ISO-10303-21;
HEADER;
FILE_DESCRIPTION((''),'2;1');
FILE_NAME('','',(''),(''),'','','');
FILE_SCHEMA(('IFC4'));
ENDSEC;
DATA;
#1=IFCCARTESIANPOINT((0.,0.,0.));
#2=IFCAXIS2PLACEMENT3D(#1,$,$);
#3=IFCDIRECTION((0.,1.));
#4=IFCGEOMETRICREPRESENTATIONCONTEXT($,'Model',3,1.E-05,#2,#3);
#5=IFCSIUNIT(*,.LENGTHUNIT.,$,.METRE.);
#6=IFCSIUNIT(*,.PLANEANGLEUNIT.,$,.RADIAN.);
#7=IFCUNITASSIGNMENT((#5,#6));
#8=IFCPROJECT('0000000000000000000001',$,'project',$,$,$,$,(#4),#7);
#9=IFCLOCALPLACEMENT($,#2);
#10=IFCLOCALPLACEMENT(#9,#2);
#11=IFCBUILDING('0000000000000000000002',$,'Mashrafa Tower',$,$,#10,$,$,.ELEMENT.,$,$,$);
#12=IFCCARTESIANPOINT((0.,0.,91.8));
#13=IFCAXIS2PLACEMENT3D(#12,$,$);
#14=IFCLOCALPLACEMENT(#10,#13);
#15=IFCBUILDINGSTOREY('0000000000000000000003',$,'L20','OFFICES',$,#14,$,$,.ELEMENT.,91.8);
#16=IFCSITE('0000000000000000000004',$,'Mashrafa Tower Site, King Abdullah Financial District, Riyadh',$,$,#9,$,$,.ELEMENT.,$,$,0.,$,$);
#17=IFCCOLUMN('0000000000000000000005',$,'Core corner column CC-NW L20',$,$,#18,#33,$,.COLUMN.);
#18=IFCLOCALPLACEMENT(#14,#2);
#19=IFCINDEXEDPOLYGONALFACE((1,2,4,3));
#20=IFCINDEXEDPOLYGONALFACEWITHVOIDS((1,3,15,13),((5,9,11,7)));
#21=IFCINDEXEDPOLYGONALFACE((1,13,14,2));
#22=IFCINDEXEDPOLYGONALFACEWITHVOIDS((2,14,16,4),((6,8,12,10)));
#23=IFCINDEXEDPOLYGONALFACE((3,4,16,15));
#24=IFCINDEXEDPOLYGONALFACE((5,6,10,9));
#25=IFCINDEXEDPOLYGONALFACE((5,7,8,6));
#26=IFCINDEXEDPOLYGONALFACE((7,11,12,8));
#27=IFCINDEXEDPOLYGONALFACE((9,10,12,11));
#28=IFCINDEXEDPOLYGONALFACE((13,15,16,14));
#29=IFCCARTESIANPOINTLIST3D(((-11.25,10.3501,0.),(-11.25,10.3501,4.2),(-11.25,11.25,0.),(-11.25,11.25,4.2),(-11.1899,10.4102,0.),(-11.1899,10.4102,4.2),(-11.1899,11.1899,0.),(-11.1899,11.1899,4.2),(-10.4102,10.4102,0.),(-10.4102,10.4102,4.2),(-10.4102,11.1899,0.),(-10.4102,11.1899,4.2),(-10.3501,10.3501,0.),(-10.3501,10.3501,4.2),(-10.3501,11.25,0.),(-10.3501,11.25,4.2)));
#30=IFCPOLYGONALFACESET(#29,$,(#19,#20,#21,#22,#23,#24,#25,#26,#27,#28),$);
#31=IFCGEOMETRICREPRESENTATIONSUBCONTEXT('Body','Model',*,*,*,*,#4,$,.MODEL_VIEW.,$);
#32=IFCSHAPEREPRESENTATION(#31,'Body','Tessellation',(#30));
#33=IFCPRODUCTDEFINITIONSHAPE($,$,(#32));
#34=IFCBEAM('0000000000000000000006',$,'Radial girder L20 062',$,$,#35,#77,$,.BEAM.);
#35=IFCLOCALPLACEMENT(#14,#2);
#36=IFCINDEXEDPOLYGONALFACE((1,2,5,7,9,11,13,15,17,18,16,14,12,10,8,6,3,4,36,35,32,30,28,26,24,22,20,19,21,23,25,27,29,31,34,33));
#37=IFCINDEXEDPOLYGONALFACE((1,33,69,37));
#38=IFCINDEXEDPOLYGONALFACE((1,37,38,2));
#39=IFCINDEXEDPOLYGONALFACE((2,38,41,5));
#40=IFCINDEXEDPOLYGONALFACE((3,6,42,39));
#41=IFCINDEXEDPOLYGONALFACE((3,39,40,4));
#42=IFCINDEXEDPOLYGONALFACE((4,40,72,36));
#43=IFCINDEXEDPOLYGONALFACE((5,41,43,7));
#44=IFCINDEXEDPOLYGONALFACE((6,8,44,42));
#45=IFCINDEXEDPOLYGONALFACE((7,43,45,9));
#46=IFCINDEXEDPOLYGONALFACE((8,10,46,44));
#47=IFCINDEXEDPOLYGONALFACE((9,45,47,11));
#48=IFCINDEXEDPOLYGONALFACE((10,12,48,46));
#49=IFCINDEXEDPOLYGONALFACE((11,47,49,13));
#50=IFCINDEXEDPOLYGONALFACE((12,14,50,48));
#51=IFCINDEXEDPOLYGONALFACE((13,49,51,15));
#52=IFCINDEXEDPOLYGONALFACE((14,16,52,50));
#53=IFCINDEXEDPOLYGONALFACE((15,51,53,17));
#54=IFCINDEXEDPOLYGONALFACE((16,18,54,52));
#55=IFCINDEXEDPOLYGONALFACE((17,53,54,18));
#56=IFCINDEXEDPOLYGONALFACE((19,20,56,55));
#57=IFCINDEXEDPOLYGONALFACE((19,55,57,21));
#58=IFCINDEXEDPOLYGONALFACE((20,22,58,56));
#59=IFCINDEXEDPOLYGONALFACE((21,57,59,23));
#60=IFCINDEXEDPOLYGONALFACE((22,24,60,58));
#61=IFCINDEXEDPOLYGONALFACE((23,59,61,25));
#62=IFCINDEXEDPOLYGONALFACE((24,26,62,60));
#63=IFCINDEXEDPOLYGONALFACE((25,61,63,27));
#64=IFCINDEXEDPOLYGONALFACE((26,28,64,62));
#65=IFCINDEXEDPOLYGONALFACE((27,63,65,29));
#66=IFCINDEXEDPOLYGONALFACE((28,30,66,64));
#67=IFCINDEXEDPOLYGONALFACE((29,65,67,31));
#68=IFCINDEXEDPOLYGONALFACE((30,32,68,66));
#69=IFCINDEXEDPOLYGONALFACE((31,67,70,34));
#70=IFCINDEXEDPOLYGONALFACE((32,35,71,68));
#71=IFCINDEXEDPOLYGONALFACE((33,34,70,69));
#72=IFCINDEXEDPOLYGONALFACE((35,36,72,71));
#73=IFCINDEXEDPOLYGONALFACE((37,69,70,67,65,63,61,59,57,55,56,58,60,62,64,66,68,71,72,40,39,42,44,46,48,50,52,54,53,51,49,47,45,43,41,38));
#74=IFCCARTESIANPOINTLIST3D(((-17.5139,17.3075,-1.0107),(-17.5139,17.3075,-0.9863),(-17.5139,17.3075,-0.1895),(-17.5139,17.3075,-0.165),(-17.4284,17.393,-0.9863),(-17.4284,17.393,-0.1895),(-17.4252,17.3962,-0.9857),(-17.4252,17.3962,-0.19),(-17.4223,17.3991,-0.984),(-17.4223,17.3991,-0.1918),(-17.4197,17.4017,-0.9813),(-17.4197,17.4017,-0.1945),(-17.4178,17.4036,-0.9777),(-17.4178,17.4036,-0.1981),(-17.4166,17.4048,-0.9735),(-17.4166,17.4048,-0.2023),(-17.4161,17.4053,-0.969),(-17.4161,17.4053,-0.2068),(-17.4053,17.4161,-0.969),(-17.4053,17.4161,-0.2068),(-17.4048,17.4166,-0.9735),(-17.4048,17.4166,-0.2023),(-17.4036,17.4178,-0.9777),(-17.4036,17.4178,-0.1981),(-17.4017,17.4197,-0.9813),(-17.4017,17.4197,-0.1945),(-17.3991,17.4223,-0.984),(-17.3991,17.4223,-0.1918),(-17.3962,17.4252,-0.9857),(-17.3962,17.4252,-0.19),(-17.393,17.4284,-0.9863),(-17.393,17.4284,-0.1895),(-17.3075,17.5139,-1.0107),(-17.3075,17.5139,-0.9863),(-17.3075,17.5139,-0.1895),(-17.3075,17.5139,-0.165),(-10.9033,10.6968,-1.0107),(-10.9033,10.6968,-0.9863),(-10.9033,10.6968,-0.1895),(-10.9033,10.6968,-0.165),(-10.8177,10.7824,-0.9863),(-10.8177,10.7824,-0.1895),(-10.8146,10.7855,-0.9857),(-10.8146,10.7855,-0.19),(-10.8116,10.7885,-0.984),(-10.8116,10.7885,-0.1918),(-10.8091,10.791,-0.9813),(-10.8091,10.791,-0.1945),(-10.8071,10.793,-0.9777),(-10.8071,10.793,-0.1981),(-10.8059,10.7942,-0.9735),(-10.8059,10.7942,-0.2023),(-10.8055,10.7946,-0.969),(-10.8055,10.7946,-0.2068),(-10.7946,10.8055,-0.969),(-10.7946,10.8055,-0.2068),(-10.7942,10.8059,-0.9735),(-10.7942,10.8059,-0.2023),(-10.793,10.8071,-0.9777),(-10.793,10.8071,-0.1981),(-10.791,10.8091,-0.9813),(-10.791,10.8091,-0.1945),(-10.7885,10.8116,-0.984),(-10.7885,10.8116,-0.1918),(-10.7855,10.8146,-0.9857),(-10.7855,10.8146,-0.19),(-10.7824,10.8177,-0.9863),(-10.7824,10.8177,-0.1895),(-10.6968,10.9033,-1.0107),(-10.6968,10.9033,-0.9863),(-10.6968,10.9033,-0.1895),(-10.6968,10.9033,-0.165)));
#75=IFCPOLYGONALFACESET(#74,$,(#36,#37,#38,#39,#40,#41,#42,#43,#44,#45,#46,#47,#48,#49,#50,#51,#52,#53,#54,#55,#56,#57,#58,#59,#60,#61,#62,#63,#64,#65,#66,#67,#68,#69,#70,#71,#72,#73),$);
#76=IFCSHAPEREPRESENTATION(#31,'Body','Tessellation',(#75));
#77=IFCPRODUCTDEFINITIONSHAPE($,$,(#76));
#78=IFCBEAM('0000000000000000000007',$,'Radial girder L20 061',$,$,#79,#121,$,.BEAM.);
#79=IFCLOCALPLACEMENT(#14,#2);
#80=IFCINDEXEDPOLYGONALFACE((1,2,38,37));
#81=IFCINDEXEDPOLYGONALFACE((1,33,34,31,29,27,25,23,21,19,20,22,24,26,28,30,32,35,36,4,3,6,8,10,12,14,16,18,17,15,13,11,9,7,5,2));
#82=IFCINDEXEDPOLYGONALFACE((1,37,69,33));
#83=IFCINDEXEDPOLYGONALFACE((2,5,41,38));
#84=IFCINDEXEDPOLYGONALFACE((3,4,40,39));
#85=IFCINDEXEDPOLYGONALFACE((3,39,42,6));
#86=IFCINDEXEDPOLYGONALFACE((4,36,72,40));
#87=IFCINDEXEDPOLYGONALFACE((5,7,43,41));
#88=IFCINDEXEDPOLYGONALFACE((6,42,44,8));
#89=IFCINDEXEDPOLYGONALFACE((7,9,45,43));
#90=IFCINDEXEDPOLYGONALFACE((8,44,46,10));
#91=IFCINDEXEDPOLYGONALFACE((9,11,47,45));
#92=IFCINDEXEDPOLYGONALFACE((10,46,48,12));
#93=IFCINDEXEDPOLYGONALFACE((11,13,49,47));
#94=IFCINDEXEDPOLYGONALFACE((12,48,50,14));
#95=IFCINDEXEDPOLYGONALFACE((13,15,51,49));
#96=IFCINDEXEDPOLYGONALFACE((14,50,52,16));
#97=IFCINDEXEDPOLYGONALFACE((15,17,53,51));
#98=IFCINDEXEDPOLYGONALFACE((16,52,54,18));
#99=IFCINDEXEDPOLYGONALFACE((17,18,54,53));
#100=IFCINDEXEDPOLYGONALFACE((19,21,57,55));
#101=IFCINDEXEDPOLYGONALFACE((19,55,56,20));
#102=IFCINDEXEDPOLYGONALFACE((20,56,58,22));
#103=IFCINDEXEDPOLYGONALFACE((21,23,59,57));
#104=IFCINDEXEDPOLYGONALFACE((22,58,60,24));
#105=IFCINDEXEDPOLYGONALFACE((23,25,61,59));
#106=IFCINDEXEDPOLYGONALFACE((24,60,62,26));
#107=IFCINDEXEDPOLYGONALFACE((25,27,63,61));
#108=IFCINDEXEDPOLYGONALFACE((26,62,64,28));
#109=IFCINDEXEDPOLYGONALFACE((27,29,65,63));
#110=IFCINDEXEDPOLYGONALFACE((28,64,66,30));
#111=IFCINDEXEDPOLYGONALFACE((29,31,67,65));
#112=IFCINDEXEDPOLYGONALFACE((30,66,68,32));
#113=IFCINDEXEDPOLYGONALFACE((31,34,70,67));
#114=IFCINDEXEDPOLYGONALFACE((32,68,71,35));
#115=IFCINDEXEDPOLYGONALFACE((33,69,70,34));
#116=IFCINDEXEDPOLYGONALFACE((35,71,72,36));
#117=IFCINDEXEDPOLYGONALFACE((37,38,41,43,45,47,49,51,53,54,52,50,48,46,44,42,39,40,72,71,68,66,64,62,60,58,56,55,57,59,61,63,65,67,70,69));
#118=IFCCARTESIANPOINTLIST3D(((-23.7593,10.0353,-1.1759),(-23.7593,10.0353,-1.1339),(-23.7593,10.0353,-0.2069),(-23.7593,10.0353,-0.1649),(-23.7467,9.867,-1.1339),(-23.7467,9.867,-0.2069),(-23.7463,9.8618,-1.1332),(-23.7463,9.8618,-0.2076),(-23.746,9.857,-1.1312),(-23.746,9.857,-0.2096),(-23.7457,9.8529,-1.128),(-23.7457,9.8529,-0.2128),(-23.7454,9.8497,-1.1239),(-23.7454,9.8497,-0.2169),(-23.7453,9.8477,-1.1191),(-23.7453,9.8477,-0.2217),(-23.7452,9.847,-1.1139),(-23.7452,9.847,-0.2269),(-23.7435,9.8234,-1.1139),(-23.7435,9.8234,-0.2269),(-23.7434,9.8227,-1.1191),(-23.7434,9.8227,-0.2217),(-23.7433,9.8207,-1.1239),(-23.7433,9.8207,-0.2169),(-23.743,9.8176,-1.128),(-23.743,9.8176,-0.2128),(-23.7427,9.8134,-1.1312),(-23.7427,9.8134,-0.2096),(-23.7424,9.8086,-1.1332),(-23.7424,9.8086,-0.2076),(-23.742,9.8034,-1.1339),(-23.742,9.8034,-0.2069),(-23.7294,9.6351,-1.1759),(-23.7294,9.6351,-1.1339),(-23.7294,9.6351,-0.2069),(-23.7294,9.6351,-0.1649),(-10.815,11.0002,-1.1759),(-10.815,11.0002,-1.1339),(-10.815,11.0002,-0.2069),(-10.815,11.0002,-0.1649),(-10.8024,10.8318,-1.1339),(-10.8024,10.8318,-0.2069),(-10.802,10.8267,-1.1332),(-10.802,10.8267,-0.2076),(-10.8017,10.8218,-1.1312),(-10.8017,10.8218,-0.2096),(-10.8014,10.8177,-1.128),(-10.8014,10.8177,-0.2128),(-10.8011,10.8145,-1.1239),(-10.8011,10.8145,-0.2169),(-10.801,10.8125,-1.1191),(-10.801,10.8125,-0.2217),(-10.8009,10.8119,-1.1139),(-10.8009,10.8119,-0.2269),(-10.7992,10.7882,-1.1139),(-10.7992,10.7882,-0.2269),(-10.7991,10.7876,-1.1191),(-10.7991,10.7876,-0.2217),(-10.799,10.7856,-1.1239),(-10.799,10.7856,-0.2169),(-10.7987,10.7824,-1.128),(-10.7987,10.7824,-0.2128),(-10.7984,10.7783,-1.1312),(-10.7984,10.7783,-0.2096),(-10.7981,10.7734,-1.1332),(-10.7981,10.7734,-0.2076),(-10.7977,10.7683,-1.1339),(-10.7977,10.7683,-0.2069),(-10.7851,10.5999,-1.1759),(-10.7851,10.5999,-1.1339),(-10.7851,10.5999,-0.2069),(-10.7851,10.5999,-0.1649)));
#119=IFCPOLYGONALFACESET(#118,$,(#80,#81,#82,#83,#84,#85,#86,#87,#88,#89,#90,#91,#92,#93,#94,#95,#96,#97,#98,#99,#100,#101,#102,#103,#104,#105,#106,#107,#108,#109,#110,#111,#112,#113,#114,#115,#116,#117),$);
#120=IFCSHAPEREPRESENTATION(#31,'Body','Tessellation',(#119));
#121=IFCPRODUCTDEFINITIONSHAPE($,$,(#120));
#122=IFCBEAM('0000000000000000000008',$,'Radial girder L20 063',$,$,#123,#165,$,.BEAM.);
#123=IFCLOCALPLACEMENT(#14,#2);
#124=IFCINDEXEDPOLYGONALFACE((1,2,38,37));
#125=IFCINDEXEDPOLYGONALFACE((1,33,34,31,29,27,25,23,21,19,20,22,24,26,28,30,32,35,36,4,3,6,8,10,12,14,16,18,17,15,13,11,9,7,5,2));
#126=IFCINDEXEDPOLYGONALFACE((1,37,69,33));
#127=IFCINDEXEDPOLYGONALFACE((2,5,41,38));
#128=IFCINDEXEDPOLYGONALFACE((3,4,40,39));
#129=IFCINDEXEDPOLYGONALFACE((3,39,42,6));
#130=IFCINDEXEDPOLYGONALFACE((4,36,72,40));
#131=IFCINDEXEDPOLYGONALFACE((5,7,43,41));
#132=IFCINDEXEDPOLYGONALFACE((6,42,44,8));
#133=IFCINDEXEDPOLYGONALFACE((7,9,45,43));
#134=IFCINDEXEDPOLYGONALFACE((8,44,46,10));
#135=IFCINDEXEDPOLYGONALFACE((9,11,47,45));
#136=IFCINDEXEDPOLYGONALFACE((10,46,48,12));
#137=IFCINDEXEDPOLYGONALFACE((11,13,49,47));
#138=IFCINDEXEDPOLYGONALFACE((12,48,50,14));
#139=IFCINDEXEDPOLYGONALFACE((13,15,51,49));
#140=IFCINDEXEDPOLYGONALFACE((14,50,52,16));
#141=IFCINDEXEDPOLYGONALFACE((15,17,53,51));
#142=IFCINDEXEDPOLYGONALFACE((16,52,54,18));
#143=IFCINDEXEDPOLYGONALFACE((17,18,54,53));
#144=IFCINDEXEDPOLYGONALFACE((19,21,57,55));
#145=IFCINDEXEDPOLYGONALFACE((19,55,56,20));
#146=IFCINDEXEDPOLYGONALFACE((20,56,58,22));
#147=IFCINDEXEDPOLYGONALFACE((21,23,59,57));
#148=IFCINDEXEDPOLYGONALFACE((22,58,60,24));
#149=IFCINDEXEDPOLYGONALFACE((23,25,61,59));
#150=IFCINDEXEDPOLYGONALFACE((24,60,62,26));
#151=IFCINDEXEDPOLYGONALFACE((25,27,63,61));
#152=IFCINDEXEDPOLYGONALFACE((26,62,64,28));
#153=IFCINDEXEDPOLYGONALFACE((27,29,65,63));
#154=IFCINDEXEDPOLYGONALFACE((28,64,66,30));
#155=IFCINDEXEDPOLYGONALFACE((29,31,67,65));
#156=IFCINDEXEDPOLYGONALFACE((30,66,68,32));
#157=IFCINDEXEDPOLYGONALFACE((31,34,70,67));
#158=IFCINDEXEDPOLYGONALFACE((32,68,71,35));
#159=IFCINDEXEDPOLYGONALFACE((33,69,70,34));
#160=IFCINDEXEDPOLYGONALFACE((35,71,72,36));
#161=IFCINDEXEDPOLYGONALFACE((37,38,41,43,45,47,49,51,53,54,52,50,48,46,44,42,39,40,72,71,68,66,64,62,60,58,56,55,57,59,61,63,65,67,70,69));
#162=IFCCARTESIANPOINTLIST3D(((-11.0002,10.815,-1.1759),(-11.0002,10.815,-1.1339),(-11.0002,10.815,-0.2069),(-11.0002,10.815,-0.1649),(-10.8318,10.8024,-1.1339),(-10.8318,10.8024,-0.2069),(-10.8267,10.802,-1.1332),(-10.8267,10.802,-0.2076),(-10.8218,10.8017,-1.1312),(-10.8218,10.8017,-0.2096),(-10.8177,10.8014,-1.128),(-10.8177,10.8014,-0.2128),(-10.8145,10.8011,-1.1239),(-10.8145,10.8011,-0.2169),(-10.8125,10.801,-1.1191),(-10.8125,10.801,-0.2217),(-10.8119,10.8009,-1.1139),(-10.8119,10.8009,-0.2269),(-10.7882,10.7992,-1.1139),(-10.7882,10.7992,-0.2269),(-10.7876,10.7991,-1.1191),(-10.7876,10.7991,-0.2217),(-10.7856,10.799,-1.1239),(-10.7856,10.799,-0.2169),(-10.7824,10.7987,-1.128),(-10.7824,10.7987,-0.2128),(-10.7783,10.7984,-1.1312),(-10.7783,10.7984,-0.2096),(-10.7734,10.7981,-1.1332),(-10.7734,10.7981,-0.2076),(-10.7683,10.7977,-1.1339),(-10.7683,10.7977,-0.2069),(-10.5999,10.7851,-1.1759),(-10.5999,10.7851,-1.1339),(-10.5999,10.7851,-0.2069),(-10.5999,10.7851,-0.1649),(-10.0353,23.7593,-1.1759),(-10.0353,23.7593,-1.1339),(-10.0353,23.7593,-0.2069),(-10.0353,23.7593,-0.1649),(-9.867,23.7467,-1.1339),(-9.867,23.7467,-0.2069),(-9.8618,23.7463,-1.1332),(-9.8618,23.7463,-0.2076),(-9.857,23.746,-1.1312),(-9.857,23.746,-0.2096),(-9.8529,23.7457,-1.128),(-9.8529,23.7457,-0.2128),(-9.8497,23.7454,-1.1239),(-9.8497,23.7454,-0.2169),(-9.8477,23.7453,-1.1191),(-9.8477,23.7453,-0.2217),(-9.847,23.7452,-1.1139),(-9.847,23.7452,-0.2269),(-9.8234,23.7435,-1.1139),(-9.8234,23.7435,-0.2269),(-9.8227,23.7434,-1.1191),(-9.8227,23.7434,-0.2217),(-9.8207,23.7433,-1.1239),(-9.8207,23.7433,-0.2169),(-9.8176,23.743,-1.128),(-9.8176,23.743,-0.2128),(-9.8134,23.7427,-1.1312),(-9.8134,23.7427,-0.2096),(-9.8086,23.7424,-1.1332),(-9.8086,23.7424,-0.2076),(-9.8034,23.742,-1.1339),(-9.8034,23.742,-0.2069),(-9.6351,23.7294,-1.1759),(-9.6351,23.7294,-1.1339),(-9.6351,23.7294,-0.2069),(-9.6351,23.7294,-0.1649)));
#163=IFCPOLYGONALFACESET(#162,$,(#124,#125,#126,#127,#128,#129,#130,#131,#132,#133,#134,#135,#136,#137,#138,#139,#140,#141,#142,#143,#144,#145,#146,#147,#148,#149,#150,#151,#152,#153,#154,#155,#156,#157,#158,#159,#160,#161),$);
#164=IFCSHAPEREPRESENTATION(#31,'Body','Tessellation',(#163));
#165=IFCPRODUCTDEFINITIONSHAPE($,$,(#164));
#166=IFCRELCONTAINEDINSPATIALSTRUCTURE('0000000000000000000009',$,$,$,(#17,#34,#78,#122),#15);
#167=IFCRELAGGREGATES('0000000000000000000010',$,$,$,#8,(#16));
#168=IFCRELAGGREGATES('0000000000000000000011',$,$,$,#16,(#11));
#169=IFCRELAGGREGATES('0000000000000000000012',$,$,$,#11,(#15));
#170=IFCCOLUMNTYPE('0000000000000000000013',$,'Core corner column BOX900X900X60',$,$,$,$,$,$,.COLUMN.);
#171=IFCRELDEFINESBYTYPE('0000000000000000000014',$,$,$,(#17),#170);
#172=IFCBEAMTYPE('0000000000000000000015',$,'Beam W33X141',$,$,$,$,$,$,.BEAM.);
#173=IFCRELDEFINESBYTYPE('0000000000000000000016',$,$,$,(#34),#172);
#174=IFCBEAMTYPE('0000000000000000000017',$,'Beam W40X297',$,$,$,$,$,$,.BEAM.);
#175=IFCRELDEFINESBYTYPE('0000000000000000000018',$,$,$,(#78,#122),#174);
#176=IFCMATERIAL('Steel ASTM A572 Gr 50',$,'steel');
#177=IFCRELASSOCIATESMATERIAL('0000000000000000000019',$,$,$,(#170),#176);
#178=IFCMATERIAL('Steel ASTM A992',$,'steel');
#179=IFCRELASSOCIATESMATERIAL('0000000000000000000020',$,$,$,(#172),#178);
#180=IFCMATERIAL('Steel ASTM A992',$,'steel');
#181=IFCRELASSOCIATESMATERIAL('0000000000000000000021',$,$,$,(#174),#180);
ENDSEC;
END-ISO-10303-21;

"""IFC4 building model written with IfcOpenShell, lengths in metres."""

from ifc_helpers import new_model, si_unit, direction, frame, origin, origin_2d, place, context, subcontext, project, spatial, hollow_rectangle, i_section, extrude, material, material_profile, profile_set, type_object, element, save


model = new_model("IFC4")

# Units and contexts
model_context = context("Model", 3, precision=1e-05, world=origin(), true_north=direction((0.0, 1.0)))
body_context = subcontext(model_context, "Body", "Model", "MODEL_VIEW")
ifc_project = project(units=[si_unit("LENGTHUNIT", "METRE"), si_unit("PLANEANGLEUNIT", "RADIAN")], contexts=[model_context])

# Site, building, storey
site_placement = place(None, origin())
site = spatial("IfcSite", under=ifc_project, at=site_placement, Name="Mashrafa Tower Site, King Abdullah Financial District, Riyadh", CompositionType="ELEMENT", RefElevation=0.0)
building_placement = place(site_placement, origin())
building = spatial("IfcBuilding", under=site, at=building_placement, Name="Mashrafa Tower", CompositionType="ELEMENT")
storey_placement = place(building_placement, frame((0.0, 0.0, 91.8)))
storey = spatial("IfcBuildingStorey", under=building, at=storey_placement, Name="L20", Description="OFFICES", CompositionType="ELEMENT", Elevation=91.8)

# Column
ifc_material_1 = material(Name="Steel ASTM A572 Gr 50", Category="steel")
ifc_material_profile_1 = material_profile(ifc_material_1, hollow_rectangle(XDim=0.8999, YDim=0.8999, WallThickness=0.0601, at=origin_2d()), Name="BOX900X900X60")
ifc_profile_set_1 = profile_set([ifc_material_profile_1], Name="Steel ASTM A572 Gr 50")
column_type = type_object("IfcColumnType", Name="Core corner column BOX900X900X60", PredefinedType="COLUMN", material=ifc_profile_set_1)
column_placement = place(storey_placement, frame((-10.8, 10.8, 0.0), z_axis=(0.0, 0.0, 1.0), x_axis=(1.0, 0.0, 0.0)))
element("IfcColumn", 1, at=column_placement, inside=storey, type_object=column_type, Name="Core corner column CC-NW L20", PredefinedType="COLUMN", context=body_context, shape_type="SweptSolid", body=[
    extrude(hollow_rectangle(XDim=0.8999, YDim=0.8999, WallThickness=0.0601, at=origin_2d()), origin(), (0.0, 0.0, 1.0), 4.2),
])

# Beams
ifc_material_2 = material(Name="Steel ASTM A992", Category="steel")
ifc_material_profile_2 = material_profile(ifc_material_2, i_section(OverallWidth=0.292, OverallDepth=0.8457, WebThickness=0.0154, FlangeThickness=0.0244, FilletRadius=0.0173, at=origin_2d()), Name="W33X141")
ifc_profile_set_2 = profile_set([ifc_material_profile_2], Name="Steel ASTM A992")
beam_type_1 = type_object("IfcBeamType", Name="Beam W33X141", PredefinedType="BEAM", material=ifc_profile_set_2)
beam_1_placement = place(storey_placement, frame((-10.8, 10.8, -0.5879), z_axis=(-0.707107, 0.707107, 0.0), x_axis=(-0.707107, -0.707107, 0.0)))
element("IfcBeam", 2, at=beam_1_placement, inside=storey, type_object=beam_type_1, Name="Radial girder L20 062", PredefinedType="BEAM", context=body_context, shape_type="SweptSolid", body=[
    extrude(i_section(OverallWidth=0.292, OverallDepth=0.8457, WebThickness=0.0154, FlangeThickness=0.0244, FilletRadius=0.0173, at=origin_2d()), origin(), (0.0, 0.0, 1.0), 9.3489),
])
ifc_material_3 = material(Name="Steel ASTM A992", Category="steel")
ifc_material_profile_3 = material_profile(ifc_material_3, i_section(OverallWidth=0.4014, OverallDepth=1.011, WebThickness=0.0237, FlangeThickness=0.042, FilletRadius=0.02, at=origin_2d()), Name="W40X297")
ifc_profile_set_3 = profile_set([ifc_material_profile_3], Name="Steel ASTM A992")
beam_type_2 = type_object("IfcBeamType", Name="Beam W40X297", PredefinedType="BEAM", material=ifc_profile_set_3)
for number, where, z_axis, x_axis, name in (
    (3, (-10.8, 10.8, -0.6704), (-0.997234, -0.074332, 0.0), (0.074332, -0.997234, 0.0), "Radial girder L20 061"),
    (4, (-10.8, 10.8, -0.6704), (0.074332, 0.997234, 0.0), (-0.997234, 0.074332, 0.0), "Radial girder L20 063"),
):
    element("IfcBeam", number, at=place(storey_placement, frame(where, z_axis=z_axis, x_axis=x_axis)), inside=storey, type_object=beam_type_2, Name=name, PredefinedType="BEAM", context=body_context, shape_type="SweptSolid", body=[
        extrude(i_section(OverallWidth=0.4014, OverallDepth=1.011, WebThickness=0.0237, FlangeThickness=0.042, FilletRadius=0.02, at=origin_2d()), origin(), (0.0, 0.0, 1.0), 12.9802),
    ])

save(model, "model.ifc")
